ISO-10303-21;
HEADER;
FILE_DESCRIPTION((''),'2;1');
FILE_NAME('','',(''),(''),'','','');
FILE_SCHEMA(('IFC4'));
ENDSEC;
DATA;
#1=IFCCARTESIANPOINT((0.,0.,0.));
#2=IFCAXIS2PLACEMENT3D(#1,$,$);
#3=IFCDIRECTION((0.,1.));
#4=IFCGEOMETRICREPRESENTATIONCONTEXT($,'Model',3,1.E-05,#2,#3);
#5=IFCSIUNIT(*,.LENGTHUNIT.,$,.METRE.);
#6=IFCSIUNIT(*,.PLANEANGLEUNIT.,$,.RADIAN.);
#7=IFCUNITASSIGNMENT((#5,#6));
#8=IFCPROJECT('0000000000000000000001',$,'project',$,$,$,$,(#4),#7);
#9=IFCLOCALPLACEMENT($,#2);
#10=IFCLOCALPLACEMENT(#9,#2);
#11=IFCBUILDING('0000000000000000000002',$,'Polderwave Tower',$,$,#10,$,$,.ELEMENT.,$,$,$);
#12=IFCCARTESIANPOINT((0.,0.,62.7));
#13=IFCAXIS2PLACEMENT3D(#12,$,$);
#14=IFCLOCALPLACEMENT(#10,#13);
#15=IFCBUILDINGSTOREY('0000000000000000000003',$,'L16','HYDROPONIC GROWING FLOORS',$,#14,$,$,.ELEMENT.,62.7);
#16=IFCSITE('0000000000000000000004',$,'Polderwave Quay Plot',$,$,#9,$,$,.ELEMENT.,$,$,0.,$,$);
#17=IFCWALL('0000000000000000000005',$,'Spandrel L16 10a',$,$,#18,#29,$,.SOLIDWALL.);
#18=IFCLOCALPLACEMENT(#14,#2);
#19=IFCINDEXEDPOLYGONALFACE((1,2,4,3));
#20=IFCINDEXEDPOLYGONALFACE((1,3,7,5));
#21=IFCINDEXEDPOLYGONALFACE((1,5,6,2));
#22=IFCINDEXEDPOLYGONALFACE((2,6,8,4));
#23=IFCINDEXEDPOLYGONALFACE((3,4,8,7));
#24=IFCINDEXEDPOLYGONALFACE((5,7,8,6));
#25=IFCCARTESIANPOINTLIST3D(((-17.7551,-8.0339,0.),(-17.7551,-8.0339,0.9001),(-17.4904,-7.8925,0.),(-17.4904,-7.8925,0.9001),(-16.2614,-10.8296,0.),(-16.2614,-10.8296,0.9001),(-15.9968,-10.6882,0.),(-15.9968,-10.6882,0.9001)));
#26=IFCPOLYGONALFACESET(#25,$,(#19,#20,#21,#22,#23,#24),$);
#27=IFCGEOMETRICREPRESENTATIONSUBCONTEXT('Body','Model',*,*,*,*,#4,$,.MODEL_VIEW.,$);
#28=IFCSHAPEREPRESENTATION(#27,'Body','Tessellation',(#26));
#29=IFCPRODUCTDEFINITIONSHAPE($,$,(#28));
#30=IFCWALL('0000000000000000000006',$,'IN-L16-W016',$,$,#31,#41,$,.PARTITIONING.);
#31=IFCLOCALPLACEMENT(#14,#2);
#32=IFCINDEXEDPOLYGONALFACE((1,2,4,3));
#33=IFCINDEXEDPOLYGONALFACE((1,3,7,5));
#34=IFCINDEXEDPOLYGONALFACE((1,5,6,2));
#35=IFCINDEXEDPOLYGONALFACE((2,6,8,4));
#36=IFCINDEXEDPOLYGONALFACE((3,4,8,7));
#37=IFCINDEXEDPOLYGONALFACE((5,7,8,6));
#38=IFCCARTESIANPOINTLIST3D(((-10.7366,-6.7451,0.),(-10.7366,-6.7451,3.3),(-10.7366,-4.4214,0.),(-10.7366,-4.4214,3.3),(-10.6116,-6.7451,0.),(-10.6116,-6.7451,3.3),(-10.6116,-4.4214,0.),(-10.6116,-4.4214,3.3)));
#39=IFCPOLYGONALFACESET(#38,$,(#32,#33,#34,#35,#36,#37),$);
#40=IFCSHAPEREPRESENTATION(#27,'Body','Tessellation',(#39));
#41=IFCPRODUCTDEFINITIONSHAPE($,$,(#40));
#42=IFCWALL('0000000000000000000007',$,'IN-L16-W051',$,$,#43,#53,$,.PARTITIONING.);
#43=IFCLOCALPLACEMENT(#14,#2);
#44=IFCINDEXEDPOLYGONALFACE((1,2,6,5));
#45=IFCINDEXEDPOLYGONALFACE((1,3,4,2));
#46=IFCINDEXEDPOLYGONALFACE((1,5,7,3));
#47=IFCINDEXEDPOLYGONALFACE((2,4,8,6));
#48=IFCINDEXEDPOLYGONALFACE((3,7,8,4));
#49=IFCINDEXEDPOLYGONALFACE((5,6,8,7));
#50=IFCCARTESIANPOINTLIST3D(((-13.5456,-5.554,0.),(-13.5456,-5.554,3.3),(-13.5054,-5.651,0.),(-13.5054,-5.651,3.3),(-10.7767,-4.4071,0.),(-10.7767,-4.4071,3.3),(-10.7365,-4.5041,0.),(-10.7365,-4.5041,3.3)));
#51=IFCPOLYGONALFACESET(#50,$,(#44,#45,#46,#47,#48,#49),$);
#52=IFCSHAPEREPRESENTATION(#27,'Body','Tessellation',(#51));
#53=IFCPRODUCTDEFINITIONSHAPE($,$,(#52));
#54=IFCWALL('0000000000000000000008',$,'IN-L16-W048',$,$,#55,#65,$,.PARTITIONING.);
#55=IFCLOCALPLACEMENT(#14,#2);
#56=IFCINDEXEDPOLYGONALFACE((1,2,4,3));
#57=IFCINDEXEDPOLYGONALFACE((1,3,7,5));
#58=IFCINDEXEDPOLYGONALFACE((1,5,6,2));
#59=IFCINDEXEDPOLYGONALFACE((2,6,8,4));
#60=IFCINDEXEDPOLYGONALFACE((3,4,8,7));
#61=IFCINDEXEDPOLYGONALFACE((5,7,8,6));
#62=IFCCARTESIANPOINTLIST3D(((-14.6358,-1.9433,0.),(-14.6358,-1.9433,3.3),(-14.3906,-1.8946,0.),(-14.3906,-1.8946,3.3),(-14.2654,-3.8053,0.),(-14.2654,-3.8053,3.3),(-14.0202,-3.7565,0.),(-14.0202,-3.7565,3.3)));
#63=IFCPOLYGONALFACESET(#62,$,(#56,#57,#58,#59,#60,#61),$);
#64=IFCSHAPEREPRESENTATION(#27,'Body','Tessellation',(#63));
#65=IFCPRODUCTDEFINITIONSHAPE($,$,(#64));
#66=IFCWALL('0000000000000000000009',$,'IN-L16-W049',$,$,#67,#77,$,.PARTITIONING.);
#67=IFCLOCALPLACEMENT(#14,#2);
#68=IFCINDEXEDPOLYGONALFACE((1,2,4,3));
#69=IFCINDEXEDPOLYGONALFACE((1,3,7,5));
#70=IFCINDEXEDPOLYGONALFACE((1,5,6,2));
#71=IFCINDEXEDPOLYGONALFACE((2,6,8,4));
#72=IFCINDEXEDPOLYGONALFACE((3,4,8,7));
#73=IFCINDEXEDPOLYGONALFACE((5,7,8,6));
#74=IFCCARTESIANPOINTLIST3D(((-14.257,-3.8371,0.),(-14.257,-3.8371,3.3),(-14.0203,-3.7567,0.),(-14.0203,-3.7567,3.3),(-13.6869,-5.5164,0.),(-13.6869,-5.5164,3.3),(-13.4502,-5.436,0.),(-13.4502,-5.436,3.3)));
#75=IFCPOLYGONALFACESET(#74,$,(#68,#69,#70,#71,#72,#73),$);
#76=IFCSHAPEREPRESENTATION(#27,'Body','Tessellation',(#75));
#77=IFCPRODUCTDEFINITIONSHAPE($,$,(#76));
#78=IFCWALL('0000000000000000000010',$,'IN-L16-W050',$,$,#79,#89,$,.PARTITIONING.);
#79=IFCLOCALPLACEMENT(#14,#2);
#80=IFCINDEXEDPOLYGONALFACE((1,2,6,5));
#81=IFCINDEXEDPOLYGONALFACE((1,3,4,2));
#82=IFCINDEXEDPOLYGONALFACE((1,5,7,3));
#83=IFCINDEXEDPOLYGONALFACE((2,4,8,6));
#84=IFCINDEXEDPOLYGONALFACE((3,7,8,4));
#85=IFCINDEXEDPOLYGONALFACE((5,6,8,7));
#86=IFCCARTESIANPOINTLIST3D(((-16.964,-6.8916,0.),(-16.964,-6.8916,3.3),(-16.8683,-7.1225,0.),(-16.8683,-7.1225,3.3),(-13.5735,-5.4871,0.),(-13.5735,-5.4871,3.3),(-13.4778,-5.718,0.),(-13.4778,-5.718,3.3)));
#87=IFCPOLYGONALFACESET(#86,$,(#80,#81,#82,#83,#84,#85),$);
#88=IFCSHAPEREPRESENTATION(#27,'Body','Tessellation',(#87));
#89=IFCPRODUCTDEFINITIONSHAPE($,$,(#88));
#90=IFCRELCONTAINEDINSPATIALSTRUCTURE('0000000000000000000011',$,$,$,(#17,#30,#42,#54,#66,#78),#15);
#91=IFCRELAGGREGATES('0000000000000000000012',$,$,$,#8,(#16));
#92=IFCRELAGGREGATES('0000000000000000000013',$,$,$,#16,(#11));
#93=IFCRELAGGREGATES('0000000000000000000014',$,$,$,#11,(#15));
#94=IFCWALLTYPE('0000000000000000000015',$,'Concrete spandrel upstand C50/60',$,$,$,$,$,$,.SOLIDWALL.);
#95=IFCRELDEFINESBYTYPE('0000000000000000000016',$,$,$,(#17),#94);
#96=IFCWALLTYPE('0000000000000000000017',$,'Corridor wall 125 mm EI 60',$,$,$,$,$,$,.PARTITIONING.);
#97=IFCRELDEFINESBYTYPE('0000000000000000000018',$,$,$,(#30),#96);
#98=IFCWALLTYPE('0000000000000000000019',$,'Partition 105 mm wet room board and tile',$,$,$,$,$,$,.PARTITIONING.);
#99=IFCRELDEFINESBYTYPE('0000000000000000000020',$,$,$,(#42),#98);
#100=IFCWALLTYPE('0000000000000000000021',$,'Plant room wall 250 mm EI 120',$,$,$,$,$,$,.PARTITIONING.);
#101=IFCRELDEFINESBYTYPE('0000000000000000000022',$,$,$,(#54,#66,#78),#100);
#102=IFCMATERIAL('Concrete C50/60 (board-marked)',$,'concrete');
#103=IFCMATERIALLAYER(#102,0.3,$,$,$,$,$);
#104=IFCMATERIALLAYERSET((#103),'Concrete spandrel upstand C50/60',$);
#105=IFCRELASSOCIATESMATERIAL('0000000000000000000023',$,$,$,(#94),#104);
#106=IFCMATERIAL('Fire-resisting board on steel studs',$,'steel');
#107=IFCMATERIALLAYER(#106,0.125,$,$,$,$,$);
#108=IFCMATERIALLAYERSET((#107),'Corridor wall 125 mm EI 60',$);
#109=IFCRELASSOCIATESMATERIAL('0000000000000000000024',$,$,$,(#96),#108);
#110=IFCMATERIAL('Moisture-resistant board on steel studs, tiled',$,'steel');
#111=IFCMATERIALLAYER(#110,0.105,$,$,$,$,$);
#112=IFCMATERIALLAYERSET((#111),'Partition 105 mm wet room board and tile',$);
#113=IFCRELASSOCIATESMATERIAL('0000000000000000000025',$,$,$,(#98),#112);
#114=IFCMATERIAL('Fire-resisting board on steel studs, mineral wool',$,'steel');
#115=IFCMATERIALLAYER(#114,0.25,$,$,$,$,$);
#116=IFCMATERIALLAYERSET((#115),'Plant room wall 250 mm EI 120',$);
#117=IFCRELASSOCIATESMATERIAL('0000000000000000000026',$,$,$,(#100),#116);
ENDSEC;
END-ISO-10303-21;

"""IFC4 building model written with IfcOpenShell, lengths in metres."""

from ifc_helpers import new_model, si_unit, direction, frame, frame_2d, origin, place, context, subcontext, project, spatial, rectangle, extrude, material, layer, layer_set, type_object, element, save


model = new_model("IFC4")

# Units and contexts
model_context = context("Model", 3, precision=1e-05, world=origin(), true_north=direction((0.0, 1.0)))
body_context = subcontext(model_context, "Body", "Model", "MODEL_VIEW")
ifc_project = project(units=[si_unit("LENGTHUNIT", "METRE"), si_unit("PLANEANGLEUNIT", "RADIAN")], contexts=[model_context])

# Site, building, storey
site_placement = place(None, origin())
site = spatial("IfcSite", under=ifc_project, at=site_placement, Name="Polderwave Quay Plot", CompositionType="ELEMENT", RefElevation=0.0)
building_placement = place(site_placement, origin())
building = spatial("IfcBuilding", under=site, at=building_placement, Name="Polderwave Tower", CompositionType="ELEMENT")
storey_placement = place(building_placement, frame((0.0, 0.0, 62.7)))
storey = spatial("IfcBuildingStorey", under=building, at=storey_placement, Name="L16", Description="HYDROPONIC GROWING FLOORS", CompositionType="ELEMENT", Elevation=62.7)

# Walls
ifc_material_1 = material(Name="Concrete C50/60 (board-marked)", Category="concrete")
ifc_layer_1 = layer(ifc_material_1, 0.3)
ifc_layer_set_1 = layer_set([ifc_layer_1], Name="Concrete spandrel upstand C50/60")
wall_type_1 = type_object("IfcWallType", Name="Concrete spandrel upstand C50/60", PredefinedType="SOLIDWALL", material=ifc_layer_set_1)
wall_1_placement = place(storey_placement, frame((-17.6228, -7.9631, 0.0), z_axis=(0.0, 0.0, 1.0), x_axis=(0.471236, -0.882007, 0.0)))
element("IfcWall", 1, at=wall_1_placement, inside=storey, type_object=wall_type_1, Name="Spandrel L16 10a", PredefinedType="SOLIDWALL", context=body_context, shape_type="SweptSolid", body=[
    extrude(rectangle(XDim=3.1697, YDim=0.3, at=frame_2d((1.585, 0.0))), origin(), (0.0, 0.0, 1.0), 0.9001),
])
ifc_material_2 = material(Name="Fire-resisting board on steel studs", Category="steel")
ifc_layer_2 = layer(ifc_material_2, 0.125)
ifc_layer_set_2 = layer_set([ifc_layer_2], Name="Corridor wall 125 mm EI 60")
wall_type_2 = type_object("IfcWallType", Name="Corridor wall 125 mm EI 60", PredefinedType="PARTITIONING", material=ifc_layer_set_2)
wall_2_placement = place(storey_placement, frame((-10.6741, -6.7451, 0.0), z_axis=(0.0, 0.0, 1.0), x_axis=(0.0, 1.0, 0.0)))
element("IfcWall", 2, at=wall_2_placement, inside=storey, type_object=wall_type_2, Name="IN-L16-W016", PredefinedType="PARTITIONING", context=body_context, shape_type="SweptSolid", body=[
    extrude(rectangle(XDim=2.3237, YDim=0.125, at=frame_2d((1.1619, 0.0))), origin(), (0.0, 0.0, 1.0), 3.3),
])
ifc_material_3 = material(Name="Moisture-resistant board on steel studs, tiled", Category="steel")
ifc_layer_3 = layer(ifc_material_3, 0.105)
ifc_layer_set_3 = layer_set([ifc_layer_3], Name="Partition 105 mm wet room board and tile")
wall_type_3 = type_object("IfcWallType", Name="Partition 105 mm wet room board and tile", PredefinedType="PARTITIONING", material=ifc_layer_set_3)
wall_3_placement = place(storey_placement, frame((-10.7566, -4.4556, 0.0), z_axis=(0.0, 0.0, 1.0), x_axis=(-0.92388, -0.382683, 0.0)))
element("IfcWall", 3, at=wall_3_placement, inside=storey, type_object=wall_type_3, Name="IN-L16-W051", PredefinedType="PARTITIONING", context=body_context, shape_type="SweptSolid", body=[
    extrude(rectangle(XDim=2.9971, YDim=0.105, at=frame_2d((1.4985, 0.0))), origin(), (0.0, 0.0, 1.0), 3.3),
])
ifc_material_4 = material(Name="Fire-resisting board on steel studs, mineral wool", Category="steel")
ifc_layer_4 = layer(ifc_material_4, 0.25)
ifc_layer_set_4 = layer_set([ifc_layer_4], Name="Plant room wall 250 mm EI 120")
wall_type_4 = type_object("IfcWallType", Name="Plant room wall 250 mm EI 120", PredefinedType="PARTITIONING", material=ifc_layer_set_4)
wall_4_placement = place(storey_placement, frame((-14.5132, -1.9189, 0.0), z_axis=(0.0, 0.0, 1.0), x_axis=(0.195077, -0.980788, 0.0)))
element("IfcWall", 4, at=wall_4_placement, inside=storey, type_object=wall_type_4, Name="IN-L16-W048", PredefinedType="PARTITIONING", context=body_context, shape_type="SweptSolid", body=[
    extrude(rectangle(XDim=1.8984, YDim=0.25, at=frame_2d((0.9492, 0.0))), origin(), (0.0, 0.0, 1.0), 3.3),
])
wall_5_placement = place(storey_placement, frame((-14.1387, -3.7969, 0.0), z_axis=(0.0, 0.0, 1.0), x_axis=(0.321468, -0.94692, 0.0)))
element("IfcWall", 5, at=wall_5_placement, inside=storey, type_object=wall_type_4, Name="IN-L16-W049", PredefinedType="PARTITIONING", context=body_context, shape_type="SweptSolid", body=[
    extrude(rectangle(XDim=1.7734, YDim=0.25, at=frame_2d((0.8867, 0.0))), origin(), (0.0, 0.0, 1.0), 3.3),
])
wall_6_placement = place(storey_placement, frame((-13.5256, -5.6025, 0.0), z_axis=(0.0, 0.0, 1.0), x_axis=(-0.92387, -0.382706, 0.0)))
element("IfcWall", 6, at=wall_6_placement, inside=storey, type_object=wall_type_4, Name="IN-L16-W050", PredefinedType="PARTITIONING", context=body_context, shape_type="SweptSolid", body=[
    extrude(rectangle(XDim=3.6699, YDim=0.25, at=frame_2d((1.835, 0.0))), origin(), (0.0, 0.0, 1.0), 3.3),
])

save(model, "model.ifc")
